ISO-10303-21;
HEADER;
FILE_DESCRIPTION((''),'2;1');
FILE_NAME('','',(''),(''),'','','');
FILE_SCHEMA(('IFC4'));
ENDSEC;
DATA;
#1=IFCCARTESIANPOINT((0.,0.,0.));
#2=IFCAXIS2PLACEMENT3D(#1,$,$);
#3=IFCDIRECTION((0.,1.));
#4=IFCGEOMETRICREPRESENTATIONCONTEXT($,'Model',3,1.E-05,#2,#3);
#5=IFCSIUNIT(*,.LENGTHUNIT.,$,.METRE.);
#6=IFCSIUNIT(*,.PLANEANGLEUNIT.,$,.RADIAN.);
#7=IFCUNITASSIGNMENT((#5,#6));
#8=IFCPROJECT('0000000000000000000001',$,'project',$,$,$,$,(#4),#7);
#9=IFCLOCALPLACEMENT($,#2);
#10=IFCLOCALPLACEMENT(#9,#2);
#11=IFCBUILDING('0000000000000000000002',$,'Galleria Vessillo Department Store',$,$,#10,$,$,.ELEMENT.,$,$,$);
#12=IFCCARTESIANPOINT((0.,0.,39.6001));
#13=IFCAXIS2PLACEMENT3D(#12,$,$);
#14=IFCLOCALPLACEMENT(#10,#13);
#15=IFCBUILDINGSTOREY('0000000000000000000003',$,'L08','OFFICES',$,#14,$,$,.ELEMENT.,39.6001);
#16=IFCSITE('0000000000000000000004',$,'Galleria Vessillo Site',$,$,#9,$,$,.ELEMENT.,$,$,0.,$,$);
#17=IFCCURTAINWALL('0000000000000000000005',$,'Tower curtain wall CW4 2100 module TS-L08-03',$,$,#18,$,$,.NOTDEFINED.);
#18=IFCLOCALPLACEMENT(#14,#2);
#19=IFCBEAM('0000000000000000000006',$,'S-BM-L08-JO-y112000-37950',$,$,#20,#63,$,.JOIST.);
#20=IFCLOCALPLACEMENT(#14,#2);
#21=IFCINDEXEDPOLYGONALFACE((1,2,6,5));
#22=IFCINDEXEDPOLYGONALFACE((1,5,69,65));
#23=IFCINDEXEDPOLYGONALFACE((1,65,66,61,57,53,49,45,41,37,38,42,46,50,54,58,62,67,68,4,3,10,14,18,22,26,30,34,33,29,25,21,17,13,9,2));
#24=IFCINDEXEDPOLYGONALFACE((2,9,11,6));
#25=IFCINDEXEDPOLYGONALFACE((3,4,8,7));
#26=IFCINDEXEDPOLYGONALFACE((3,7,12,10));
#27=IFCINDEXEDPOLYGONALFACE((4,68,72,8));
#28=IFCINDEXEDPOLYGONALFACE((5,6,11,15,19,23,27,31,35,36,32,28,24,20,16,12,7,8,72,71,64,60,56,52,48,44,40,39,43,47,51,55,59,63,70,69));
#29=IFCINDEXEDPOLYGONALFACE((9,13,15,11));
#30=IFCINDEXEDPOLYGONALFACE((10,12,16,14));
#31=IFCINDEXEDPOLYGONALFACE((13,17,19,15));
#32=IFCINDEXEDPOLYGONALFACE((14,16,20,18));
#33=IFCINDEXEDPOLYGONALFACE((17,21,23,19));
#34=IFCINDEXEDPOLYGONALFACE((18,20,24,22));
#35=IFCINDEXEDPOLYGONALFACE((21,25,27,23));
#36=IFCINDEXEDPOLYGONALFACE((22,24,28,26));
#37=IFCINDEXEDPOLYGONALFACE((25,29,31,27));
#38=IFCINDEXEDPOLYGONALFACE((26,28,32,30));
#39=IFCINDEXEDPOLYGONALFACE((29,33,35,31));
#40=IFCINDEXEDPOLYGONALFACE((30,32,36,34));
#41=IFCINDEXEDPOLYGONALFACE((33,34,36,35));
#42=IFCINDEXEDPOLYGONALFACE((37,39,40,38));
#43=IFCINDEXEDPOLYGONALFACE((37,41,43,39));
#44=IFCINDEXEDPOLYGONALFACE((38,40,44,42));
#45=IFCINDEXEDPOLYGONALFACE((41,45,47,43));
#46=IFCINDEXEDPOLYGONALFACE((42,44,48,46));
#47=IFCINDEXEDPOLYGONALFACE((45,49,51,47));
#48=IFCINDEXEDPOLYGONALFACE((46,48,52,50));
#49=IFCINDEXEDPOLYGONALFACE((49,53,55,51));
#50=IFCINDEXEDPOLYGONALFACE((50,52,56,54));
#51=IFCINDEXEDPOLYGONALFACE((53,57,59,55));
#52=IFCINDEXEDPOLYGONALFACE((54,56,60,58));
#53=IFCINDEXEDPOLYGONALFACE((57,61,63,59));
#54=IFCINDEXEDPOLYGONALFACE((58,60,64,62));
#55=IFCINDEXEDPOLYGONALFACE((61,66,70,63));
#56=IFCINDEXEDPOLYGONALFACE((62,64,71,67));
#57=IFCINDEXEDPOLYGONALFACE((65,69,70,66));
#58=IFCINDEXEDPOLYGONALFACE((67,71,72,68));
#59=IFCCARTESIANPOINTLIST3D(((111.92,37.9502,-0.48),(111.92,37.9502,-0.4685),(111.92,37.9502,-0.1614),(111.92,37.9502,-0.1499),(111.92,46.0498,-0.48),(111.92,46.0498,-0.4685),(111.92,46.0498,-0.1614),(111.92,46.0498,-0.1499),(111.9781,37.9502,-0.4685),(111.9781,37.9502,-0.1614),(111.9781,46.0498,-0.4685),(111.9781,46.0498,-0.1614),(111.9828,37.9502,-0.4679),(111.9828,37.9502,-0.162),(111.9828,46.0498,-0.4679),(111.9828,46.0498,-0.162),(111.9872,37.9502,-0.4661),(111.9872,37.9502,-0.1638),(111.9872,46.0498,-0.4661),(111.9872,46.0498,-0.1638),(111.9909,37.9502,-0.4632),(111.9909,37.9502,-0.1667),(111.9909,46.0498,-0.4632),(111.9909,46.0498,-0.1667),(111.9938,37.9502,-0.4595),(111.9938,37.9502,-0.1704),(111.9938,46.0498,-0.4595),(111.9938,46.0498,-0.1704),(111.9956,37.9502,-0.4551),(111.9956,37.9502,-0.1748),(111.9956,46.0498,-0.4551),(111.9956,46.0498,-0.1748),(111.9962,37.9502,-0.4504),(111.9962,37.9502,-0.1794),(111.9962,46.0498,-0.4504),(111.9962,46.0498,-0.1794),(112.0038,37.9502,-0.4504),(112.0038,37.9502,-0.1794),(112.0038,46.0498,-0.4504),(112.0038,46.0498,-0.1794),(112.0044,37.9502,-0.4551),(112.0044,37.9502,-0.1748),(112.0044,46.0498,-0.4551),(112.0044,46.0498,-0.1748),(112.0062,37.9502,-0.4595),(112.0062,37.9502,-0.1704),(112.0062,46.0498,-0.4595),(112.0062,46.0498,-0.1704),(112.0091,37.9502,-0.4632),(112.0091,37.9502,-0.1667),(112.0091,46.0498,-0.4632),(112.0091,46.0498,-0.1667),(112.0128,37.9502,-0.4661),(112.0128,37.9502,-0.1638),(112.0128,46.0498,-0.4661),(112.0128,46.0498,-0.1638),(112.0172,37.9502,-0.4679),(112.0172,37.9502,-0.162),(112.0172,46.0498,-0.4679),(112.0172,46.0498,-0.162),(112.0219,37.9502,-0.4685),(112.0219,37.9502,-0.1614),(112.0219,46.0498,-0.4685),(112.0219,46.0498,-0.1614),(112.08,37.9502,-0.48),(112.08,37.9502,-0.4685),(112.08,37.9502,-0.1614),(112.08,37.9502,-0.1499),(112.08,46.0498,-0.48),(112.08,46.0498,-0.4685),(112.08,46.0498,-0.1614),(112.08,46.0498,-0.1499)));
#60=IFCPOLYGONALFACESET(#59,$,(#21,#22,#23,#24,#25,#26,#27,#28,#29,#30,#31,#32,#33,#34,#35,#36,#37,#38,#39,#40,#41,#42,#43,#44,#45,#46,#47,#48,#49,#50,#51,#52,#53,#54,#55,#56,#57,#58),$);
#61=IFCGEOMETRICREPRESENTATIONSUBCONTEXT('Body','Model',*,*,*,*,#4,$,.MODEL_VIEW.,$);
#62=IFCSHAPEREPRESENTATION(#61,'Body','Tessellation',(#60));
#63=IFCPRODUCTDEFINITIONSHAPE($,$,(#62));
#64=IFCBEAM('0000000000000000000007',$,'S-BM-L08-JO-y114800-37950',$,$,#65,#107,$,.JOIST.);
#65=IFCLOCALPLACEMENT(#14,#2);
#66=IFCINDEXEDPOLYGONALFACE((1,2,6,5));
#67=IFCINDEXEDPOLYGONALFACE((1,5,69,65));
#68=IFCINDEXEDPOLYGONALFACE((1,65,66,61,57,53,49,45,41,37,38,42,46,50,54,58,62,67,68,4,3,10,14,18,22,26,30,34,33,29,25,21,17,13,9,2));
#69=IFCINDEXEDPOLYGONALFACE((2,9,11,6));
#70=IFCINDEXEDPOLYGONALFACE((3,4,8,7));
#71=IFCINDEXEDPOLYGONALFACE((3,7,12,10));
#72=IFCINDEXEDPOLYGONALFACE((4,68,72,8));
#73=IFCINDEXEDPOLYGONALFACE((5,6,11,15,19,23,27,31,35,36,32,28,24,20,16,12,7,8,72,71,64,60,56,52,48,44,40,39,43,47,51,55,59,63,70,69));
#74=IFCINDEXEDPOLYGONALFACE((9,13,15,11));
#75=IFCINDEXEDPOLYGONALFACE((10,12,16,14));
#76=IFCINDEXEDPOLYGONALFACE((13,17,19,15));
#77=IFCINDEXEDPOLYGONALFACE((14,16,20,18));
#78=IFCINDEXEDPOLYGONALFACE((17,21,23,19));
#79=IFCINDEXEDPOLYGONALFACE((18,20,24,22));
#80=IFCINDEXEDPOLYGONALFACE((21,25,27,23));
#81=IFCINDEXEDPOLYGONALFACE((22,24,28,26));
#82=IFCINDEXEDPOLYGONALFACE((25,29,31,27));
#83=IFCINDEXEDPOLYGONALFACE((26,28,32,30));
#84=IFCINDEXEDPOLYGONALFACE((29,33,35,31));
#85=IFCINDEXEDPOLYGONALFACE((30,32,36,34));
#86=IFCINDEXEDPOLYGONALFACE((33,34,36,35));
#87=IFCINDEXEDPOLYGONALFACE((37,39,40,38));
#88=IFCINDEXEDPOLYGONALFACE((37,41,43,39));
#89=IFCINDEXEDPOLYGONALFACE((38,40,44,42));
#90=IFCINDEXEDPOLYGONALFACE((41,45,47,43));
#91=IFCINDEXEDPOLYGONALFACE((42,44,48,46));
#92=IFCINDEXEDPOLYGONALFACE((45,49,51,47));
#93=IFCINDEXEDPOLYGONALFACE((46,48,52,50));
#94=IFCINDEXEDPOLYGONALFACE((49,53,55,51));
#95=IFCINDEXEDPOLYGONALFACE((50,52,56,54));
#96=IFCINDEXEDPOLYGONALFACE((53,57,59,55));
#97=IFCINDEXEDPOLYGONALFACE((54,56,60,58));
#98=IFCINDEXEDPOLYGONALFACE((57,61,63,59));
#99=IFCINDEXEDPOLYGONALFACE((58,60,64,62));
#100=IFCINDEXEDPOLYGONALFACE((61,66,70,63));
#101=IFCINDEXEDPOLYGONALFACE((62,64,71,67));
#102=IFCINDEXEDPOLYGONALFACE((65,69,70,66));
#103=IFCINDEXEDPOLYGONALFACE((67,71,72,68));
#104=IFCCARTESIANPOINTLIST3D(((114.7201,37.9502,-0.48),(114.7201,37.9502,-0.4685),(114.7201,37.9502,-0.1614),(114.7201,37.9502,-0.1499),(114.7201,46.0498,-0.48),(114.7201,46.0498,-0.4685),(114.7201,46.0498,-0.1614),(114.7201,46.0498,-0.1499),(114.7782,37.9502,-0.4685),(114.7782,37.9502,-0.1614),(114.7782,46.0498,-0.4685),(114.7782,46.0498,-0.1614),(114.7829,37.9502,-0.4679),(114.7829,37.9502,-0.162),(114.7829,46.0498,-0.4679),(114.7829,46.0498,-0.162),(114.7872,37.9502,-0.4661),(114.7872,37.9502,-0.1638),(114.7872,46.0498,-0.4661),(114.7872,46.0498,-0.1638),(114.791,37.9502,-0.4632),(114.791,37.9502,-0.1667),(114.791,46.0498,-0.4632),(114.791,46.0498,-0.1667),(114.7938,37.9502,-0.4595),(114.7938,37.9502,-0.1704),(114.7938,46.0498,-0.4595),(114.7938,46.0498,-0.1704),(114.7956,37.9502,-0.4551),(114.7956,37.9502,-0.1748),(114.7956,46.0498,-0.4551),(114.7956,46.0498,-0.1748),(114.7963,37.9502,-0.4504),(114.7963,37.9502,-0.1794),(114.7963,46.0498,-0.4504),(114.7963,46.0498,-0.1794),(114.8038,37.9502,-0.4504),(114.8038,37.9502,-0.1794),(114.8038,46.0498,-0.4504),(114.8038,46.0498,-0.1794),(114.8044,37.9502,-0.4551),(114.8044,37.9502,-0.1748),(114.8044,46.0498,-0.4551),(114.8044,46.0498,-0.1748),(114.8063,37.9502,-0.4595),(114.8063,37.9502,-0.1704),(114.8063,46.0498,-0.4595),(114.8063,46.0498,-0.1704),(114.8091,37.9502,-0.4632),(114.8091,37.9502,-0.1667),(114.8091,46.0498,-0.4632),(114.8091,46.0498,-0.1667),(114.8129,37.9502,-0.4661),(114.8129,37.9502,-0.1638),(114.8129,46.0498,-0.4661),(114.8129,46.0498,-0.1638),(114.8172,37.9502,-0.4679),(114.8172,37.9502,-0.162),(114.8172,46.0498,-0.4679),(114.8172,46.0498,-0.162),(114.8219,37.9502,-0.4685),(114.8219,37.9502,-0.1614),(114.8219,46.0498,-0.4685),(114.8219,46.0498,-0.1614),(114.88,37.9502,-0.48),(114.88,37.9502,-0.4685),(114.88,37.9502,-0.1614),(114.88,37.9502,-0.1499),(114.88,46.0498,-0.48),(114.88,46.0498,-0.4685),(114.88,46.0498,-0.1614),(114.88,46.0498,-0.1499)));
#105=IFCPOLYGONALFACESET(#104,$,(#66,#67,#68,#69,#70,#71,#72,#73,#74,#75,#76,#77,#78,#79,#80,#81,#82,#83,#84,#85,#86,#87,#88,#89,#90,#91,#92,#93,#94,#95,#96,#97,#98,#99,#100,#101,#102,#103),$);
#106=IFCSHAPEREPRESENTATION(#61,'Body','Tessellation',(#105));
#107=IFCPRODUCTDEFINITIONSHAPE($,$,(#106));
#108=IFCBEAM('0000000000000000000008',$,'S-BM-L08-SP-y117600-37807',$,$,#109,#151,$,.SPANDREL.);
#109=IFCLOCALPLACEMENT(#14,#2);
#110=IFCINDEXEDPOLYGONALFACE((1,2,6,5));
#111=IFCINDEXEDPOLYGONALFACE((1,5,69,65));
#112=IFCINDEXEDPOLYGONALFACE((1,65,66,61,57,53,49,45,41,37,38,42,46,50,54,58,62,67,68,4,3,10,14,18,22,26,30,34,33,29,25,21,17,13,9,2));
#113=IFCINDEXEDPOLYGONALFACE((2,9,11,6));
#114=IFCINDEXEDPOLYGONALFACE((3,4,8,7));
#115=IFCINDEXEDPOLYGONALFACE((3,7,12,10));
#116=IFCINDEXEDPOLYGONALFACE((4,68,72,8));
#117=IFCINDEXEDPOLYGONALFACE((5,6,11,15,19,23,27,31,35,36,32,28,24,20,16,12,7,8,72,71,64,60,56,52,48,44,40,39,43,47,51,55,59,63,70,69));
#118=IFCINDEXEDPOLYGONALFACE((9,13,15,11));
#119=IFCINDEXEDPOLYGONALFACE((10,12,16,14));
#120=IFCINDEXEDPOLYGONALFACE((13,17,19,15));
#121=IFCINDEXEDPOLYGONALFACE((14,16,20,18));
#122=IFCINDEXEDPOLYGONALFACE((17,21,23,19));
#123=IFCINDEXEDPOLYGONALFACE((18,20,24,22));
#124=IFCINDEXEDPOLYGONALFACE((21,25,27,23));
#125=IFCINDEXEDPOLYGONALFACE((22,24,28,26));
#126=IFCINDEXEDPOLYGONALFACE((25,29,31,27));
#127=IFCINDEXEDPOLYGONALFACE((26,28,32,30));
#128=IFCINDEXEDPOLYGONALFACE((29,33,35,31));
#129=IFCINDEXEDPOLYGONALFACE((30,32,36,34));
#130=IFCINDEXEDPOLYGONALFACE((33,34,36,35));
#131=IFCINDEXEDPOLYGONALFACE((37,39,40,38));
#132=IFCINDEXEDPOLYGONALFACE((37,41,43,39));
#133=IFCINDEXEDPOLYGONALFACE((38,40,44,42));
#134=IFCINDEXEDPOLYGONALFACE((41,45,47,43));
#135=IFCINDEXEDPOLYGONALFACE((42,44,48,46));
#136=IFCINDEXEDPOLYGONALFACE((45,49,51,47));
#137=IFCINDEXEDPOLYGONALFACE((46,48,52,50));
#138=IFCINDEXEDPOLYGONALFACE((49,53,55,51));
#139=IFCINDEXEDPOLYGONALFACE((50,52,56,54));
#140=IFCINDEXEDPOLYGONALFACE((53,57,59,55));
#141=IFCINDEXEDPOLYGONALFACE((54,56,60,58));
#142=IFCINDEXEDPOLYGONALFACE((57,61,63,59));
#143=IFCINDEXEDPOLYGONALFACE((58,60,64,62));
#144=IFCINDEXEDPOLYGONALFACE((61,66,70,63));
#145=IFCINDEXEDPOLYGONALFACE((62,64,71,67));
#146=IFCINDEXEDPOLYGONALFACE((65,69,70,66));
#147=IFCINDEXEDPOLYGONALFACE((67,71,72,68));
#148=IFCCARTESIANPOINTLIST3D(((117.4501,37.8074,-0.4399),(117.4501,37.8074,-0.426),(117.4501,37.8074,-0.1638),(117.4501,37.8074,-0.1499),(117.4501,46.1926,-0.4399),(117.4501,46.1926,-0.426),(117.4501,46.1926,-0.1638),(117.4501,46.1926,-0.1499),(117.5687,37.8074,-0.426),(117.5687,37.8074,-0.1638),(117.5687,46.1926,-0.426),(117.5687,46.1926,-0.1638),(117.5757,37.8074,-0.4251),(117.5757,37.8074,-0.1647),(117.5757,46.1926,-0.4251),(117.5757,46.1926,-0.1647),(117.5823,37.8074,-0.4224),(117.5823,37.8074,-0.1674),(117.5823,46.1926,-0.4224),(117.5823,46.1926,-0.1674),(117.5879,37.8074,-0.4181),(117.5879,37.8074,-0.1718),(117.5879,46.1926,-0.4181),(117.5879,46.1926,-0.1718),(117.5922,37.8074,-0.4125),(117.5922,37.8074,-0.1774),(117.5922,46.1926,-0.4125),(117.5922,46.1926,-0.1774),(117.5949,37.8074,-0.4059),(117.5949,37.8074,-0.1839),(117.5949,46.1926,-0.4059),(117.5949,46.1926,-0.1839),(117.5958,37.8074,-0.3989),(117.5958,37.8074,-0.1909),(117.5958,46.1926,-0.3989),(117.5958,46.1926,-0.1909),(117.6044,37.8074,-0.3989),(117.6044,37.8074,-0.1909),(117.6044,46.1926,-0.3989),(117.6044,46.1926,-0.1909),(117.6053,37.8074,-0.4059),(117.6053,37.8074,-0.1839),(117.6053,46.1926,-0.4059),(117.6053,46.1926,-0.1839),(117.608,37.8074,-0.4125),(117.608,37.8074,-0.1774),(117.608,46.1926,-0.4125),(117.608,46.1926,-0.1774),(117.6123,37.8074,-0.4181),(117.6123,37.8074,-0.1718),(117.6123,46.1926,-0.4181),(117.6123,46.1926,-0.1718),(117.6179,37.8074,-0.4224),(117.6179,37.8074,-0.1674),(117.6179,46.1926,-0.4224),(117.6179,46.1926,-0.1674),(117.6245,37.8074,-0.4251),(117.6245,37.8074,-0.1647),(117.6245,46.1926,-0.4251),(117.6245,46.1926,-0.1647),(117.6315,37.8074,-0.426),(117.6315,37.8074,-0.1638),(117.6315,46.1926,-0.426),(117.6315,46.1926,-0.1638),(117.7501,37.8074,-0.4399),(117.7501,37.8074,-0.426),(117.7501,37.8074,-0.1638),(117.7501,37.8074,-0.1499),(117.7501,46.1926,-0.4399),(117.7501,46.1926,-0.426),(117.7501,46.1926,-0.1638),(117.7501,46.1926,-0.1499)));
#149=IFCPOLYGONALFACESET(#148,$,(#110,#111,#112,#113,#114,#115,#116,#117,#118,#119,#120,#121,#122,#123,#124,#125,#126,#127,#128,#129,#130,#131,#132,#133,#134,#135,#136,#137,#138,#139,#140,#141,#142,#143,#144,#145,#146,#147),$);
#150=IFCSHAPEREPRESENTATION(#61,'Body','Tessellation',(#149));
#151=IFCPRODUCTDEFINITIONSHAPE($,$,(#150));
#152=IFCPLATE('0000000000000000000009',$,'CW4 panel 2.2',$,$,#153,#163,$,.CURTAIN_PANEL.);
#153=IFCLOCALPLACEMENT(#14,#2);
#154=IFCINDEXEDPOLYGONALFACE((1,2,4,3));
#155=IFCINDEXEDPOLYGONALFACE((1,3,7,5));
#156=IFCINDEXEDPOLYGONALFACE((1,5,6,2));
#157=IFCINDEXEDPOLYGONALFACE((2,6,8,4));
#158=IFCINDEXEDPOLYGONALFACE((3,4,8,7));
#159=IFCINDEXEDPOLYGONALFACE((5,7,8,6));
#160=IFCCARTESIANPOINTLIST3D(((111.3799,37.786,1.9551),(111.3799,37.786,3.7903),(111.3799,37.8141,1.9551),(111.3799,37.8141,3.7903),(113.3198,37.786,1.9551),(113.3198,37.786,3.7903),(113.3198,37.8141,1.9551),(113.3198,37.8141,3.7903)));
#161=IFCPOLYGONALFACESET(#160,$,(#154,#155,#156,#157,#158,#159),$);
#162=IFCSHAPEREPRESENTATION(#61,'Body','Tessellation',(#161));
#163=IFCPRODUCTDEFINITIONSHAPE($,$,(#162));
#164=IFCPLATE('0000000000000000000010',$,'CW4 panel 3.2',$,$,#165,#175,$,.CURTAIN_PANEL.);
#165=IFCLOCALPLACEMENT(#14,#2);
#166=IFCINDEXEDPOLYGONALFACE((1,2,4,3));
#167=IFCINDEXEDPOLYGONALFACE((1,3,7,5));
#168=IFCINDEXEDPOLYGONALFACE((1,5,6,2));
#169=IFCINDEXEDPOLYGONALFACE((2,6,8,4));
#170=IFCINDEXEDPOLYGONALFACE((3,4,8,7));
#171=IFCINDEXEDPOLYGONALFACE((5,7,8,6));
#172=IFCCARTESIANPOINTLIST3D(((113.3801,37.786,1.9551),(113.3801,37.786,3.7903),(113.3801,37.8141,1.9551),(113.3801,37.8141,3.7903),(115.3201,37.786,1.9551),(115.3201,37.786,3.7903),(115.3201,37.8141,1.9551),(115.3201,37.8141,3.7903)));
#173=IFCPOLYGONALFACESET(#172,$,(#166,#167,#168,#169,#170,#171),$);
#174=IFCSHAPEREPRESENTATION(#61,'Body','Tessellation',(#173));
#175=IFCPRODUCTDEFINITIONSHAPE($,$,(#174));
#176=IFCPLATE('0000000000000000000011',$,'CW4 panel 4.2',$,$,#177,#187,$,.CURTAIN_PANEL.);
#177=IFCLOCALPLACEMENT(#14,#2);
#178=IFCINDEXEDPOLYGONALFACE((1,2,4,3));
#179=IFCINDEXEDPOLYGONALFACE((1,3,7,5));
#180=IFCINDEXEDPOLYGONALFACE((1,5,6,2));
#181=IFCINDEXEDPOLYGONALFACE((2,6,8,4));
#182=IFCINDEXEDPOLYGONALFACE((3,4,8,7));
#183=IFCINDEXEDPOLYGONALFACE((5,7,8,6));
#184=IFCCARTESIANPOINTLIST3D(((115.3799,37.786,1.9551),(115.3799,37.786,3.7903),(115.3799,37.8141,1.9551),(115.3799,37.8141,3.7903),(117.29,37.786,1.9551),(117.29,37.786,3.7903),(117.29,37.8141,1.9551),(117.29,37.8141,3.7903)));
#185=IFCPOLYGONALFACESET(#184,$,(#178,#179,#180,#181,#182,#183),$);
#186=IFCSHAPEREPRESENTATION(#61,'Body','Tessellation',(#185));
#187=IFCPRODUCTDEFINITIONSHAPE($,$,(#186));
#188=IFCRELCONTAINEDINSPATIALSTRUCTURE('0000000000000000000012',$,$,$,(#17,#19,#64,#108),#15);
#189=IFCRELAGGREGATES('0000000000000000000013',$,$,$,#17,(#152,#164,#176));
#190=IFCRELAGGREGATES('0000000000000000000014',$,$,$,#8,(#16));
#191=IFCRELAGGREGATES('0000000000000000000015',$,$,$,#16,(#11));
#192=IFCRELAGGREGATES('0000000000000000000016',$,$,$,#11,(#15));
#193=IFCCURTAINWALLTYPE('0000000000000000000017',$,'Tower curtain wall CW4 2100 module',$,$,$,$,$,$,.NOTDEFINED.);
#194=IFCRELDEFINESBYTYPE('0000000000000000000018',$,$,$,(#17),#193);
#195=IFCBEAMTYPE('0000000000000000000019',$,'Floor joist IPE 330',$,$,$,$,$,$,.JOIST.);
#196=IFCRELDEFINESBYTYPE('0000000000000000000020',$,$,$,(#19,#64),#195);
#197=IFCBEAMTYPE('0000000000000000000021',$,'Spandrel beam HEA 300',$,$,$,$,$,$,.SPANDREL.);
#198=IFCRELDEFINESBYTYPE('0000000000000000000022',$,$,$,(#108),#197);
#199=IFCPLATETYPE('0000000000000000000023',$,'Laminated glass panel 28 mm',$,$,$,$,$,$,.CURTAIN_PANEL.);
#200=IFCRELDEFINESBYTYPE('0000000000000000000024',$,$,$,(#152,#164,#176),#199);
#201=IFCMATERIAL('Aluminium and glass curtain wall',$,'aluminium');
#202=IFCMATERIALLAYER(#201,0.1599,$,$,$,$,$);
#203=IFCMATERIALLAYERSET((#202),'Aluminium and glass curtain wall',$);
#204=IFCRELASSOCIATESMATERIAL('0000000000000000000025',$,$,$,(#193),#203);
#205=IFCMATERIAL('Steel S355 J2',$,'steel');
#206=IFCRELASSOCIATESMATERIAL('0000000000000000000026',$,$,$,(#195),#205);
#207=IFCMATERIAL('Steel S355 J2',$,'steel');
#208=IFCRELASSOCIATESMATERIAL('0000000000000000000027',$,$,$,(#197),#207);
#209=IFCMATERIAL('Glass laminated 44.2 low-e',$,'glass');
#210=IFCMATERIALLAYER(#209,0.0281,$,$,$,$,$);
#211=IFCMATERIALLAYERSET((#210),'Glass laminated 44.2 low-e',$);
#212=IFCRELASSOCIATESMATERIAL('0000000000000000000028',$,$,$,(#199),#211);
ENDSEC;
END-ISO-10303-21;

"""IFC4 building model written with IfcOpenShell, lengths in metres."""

from ifc_helpers import new_model, si_unit, direction, frame, origin, origin_2d, place, context, subcontext, project, spatial, rectangle, i_section, extrude, material, layer, layer_set, material_profile, profile_set, type_object, element, aggregate, save


model = new_model("IFC4")

# Units and contexts
model_context = context("Model", 3, precision=1e-05, world=origin(), true_north=direction((0.0, 1.0)))
body_context = subcontext(model_context, "Body", "Model", "MODEL_VIEW")
ifc_project = project(units=[si_unit("LENGTHUNIT", "METRE"), si_unit("PLANEANGLEUNIT", "RADIAN")], contexts=[model_context])

# Site, building, storey
site_placement = place(None, origin())
site = spatial("IfcSite", under=ifc_project, at=site_placement, Name="Galleria Vessillo Site", CompositionType="ELEMENT", RefElevation=0.0)
building_placement = place(site_placement, origin())
building = spatial("IfcBuilding", under=site, at=building_placement, Name="Galleria Vessillo Department Store", CompositionType="ELEMENT")
storey_placement = place(building_placement, frame((0.0, 0.0, 39.6001)))
storey = spatial("IfcBuildingStorey", under=building, at=storey_placement, Name="L08", Description="OFFICES", CompositionType="ELEMENT", Elevation=39.6001)

# Curtain wall
ifc_material_1 = material(Name="Aluminium and glass curtain wall", Category="aluminium")
ifc_layer_1 = layer(ifc_material_1, 0.1599)
ifc_layer_set_1 = layer_set([ifc_layer_1], Name="Aluminium and glass curtain wall")
curtain_wall_type = type_object("IfcCurtainWallType", Name="Tower curtain wall CW4 2100 module", PredefinedType="NOTDEFINED", material=ifc_layer_set_1)
curtain_wall_placement = place(storey_placement, origin())
curtain_wall = element("IfcCurtainWall", 1, at=curtain_wall_placement, inside=storey, type_object=curtain_wall_type, Name="Tower curtain wall CW4 2100 module TS-L08-03", PredefinedType="NOTDEFINED")

# Beams
ifc_material_2 = material(Name="Steel S355 J2", Category="steel")
ifc_material_profile_1 = material_profile(ifc_material_2, i_section(OverallWidth=0.1599, OverallDepth=0.3301, WebThickness=0.0076, FlangeThickness=0.0115, FilletRadius=0.0181, at=origin_2d()), Name="IPE 330")
ifc_profile_set_1 = profile_set([ifc_material_profile_1], Name="Steel S355 J2")
beam_type_1 = type_object("IfcBeamType", Name="Floor joist IPE 330", PredefinedType="JOIST", material=ifc_profile_set_1)
for number, where, z_axis, x_axis, name in (
    (2, (112.0, 37.9502, -0.3149), (0.0, 1.0, 0.0), (-1.0, 0.0, 0.0), "S-BM-L08-JO-y112000-37950"),
    (3, (114.8, 37.9502, -0.3149), (0.0, 1.0, 0.0), (-1.0, 0.0, 0.0), "S-BM-L08-JO-y114800-37950"),
):
    element("IfcBeam", number, at=place(storey_placement, frame(where, z_axis=z_axis, x_axis=x_axis)), inside=storey, type_object=beam_type_1, Name=name, PredefinedType="JOIST", context=body_context, shape_type="SweptSolid", body=[
        extrude(i_section(OverallWidth=0.1599, OverallDepth=0.3301, WebThickness=0.0076, FlangeThickness=0.0115, FilletRadius=0.0181, at=origin_2d()), origin(), (0.0, 0.0, 1.0), 8.0996),
    ])
ifc_material_3 = material(Name="Steel S355 J2", Category="steel")
ifc_material_profile_2 = material_profile(ifc_material_3, i_section(OverallWidth=0.3, OverallDepth=0.29, WebThickness=0.0085, FlangeThickness=0.0139, FilletRadius=0.0271, at=origin_2d()), Name="HEA 300")
ifc_profile_set_2 = profile_set([ifc_material_profile_2], Name="Steel S355 J2")
beam_type_2 = type_object("IfcBeamType", Name="Spandrel beam HEA 300", PredefinedType="SPANDREL", material=ifc_profile_set_2)
beam_placement = place(storey_placement, frame((117.6001, 37.8074, -0.2949), z_axis=(0.0, 1.0, 0.0), x_axis=(-1.0, 0.0, 0.0)))
element("IfcBeam", 4, at=beam_placement, inside=storey, type_object=beam_type_2, Name="S-BM-L08-SP-y117600-37807", PredefinedType="SPANDREL", context=body_context, shape_type="SweptSolid", body=[
    extrude(i_section(OverallWidth=0.3, OverallDepth=0.29, WebThickness=0.0085, FlangeThickness=0.0139, FilletRadius=0.0271, at=origin_2d()), origin(), (0.0, 0.0, 1.0), 8.3853),
])

# Plates
ifc_material_4 = material(Name="Glass laminated 44.2 low-e", Category="glass")
ifc_layer_2 = layer(ifc_material_4, 0.0281)
ifc_layer_set_2 = layer_set([ifc_layer_2], Name="Glass laminated 44.2 low-e")
plate_type_1 = type_object("IfcPlateType", Name="Laminated glass panel 28 mm", PredefinedType="CURTAIN_PANEL", material=ifc_layer_set_2)
plate_1_placement = place(storey_placement, frame((112.3499, 37.8, 1.9551), z_axis=(0.0, 0.0, 1.0), x_axis=(1.0, 0.0, 0.0)))
plate_1 = element("IfcPlate", 5, at=plate_1_placement, type_object=plate_type_1, Name="CW4 panel 2.2", PredefinedType="CURTAIN_PANEL", context=body_context, shape_type="SweptSolid", body=[
    extrude(rectangle(XDim=1.9399, YDim=0.0281, at=origin_2d()), origin(), (0.0, 0.0, 1.0), 1.8352),
])
plate_2_placement = place(storey_placement, frame((114.3501, 37.8, 1.9551), z_axis=(0.0, 0.0, 1.0), x_axis=(1.0, 0.0, 0.0)))
plate_2 = element("IfcPlate", 6, at=plate_2_placement, type_object=plate_type_1, Name="CW4 panel 3.2", PredefinedType="CURTAIN_PANEL", context=body_context, shape_type="SweptSolid", body=[
    extrude(rectangle(XDim=1.9399, YDim=0.0281, at=origin_2d()), origin(), (0.0, 0.0, 1.0), 1.8352),
])
plate_3_placement = place(storey_placement, frame((116.335, 37.8, 1.9551), z_axis=(0.0, 0.0, 1.0), x_axis=(1.0, 0.0, 0.0)))
plate_3 = element("IfcPlate", 7, at=plate_3_placement, type_object=plate_type_1, Name="CW4 panel 4.2", PredefinedType="CURTAIN_PANEL", context=body_context, shape_type="SweptSolid", body=[
    extrude(rectangle(XDim=1.9102, YDim=0.0281, at=origin_2d()), origin(), (0.0, 0.0, 1.0), 1.8352),
])
aggregate(curtain_wall, [plate_1, plate_2, plate_3])

save(model, "model.ifc")
